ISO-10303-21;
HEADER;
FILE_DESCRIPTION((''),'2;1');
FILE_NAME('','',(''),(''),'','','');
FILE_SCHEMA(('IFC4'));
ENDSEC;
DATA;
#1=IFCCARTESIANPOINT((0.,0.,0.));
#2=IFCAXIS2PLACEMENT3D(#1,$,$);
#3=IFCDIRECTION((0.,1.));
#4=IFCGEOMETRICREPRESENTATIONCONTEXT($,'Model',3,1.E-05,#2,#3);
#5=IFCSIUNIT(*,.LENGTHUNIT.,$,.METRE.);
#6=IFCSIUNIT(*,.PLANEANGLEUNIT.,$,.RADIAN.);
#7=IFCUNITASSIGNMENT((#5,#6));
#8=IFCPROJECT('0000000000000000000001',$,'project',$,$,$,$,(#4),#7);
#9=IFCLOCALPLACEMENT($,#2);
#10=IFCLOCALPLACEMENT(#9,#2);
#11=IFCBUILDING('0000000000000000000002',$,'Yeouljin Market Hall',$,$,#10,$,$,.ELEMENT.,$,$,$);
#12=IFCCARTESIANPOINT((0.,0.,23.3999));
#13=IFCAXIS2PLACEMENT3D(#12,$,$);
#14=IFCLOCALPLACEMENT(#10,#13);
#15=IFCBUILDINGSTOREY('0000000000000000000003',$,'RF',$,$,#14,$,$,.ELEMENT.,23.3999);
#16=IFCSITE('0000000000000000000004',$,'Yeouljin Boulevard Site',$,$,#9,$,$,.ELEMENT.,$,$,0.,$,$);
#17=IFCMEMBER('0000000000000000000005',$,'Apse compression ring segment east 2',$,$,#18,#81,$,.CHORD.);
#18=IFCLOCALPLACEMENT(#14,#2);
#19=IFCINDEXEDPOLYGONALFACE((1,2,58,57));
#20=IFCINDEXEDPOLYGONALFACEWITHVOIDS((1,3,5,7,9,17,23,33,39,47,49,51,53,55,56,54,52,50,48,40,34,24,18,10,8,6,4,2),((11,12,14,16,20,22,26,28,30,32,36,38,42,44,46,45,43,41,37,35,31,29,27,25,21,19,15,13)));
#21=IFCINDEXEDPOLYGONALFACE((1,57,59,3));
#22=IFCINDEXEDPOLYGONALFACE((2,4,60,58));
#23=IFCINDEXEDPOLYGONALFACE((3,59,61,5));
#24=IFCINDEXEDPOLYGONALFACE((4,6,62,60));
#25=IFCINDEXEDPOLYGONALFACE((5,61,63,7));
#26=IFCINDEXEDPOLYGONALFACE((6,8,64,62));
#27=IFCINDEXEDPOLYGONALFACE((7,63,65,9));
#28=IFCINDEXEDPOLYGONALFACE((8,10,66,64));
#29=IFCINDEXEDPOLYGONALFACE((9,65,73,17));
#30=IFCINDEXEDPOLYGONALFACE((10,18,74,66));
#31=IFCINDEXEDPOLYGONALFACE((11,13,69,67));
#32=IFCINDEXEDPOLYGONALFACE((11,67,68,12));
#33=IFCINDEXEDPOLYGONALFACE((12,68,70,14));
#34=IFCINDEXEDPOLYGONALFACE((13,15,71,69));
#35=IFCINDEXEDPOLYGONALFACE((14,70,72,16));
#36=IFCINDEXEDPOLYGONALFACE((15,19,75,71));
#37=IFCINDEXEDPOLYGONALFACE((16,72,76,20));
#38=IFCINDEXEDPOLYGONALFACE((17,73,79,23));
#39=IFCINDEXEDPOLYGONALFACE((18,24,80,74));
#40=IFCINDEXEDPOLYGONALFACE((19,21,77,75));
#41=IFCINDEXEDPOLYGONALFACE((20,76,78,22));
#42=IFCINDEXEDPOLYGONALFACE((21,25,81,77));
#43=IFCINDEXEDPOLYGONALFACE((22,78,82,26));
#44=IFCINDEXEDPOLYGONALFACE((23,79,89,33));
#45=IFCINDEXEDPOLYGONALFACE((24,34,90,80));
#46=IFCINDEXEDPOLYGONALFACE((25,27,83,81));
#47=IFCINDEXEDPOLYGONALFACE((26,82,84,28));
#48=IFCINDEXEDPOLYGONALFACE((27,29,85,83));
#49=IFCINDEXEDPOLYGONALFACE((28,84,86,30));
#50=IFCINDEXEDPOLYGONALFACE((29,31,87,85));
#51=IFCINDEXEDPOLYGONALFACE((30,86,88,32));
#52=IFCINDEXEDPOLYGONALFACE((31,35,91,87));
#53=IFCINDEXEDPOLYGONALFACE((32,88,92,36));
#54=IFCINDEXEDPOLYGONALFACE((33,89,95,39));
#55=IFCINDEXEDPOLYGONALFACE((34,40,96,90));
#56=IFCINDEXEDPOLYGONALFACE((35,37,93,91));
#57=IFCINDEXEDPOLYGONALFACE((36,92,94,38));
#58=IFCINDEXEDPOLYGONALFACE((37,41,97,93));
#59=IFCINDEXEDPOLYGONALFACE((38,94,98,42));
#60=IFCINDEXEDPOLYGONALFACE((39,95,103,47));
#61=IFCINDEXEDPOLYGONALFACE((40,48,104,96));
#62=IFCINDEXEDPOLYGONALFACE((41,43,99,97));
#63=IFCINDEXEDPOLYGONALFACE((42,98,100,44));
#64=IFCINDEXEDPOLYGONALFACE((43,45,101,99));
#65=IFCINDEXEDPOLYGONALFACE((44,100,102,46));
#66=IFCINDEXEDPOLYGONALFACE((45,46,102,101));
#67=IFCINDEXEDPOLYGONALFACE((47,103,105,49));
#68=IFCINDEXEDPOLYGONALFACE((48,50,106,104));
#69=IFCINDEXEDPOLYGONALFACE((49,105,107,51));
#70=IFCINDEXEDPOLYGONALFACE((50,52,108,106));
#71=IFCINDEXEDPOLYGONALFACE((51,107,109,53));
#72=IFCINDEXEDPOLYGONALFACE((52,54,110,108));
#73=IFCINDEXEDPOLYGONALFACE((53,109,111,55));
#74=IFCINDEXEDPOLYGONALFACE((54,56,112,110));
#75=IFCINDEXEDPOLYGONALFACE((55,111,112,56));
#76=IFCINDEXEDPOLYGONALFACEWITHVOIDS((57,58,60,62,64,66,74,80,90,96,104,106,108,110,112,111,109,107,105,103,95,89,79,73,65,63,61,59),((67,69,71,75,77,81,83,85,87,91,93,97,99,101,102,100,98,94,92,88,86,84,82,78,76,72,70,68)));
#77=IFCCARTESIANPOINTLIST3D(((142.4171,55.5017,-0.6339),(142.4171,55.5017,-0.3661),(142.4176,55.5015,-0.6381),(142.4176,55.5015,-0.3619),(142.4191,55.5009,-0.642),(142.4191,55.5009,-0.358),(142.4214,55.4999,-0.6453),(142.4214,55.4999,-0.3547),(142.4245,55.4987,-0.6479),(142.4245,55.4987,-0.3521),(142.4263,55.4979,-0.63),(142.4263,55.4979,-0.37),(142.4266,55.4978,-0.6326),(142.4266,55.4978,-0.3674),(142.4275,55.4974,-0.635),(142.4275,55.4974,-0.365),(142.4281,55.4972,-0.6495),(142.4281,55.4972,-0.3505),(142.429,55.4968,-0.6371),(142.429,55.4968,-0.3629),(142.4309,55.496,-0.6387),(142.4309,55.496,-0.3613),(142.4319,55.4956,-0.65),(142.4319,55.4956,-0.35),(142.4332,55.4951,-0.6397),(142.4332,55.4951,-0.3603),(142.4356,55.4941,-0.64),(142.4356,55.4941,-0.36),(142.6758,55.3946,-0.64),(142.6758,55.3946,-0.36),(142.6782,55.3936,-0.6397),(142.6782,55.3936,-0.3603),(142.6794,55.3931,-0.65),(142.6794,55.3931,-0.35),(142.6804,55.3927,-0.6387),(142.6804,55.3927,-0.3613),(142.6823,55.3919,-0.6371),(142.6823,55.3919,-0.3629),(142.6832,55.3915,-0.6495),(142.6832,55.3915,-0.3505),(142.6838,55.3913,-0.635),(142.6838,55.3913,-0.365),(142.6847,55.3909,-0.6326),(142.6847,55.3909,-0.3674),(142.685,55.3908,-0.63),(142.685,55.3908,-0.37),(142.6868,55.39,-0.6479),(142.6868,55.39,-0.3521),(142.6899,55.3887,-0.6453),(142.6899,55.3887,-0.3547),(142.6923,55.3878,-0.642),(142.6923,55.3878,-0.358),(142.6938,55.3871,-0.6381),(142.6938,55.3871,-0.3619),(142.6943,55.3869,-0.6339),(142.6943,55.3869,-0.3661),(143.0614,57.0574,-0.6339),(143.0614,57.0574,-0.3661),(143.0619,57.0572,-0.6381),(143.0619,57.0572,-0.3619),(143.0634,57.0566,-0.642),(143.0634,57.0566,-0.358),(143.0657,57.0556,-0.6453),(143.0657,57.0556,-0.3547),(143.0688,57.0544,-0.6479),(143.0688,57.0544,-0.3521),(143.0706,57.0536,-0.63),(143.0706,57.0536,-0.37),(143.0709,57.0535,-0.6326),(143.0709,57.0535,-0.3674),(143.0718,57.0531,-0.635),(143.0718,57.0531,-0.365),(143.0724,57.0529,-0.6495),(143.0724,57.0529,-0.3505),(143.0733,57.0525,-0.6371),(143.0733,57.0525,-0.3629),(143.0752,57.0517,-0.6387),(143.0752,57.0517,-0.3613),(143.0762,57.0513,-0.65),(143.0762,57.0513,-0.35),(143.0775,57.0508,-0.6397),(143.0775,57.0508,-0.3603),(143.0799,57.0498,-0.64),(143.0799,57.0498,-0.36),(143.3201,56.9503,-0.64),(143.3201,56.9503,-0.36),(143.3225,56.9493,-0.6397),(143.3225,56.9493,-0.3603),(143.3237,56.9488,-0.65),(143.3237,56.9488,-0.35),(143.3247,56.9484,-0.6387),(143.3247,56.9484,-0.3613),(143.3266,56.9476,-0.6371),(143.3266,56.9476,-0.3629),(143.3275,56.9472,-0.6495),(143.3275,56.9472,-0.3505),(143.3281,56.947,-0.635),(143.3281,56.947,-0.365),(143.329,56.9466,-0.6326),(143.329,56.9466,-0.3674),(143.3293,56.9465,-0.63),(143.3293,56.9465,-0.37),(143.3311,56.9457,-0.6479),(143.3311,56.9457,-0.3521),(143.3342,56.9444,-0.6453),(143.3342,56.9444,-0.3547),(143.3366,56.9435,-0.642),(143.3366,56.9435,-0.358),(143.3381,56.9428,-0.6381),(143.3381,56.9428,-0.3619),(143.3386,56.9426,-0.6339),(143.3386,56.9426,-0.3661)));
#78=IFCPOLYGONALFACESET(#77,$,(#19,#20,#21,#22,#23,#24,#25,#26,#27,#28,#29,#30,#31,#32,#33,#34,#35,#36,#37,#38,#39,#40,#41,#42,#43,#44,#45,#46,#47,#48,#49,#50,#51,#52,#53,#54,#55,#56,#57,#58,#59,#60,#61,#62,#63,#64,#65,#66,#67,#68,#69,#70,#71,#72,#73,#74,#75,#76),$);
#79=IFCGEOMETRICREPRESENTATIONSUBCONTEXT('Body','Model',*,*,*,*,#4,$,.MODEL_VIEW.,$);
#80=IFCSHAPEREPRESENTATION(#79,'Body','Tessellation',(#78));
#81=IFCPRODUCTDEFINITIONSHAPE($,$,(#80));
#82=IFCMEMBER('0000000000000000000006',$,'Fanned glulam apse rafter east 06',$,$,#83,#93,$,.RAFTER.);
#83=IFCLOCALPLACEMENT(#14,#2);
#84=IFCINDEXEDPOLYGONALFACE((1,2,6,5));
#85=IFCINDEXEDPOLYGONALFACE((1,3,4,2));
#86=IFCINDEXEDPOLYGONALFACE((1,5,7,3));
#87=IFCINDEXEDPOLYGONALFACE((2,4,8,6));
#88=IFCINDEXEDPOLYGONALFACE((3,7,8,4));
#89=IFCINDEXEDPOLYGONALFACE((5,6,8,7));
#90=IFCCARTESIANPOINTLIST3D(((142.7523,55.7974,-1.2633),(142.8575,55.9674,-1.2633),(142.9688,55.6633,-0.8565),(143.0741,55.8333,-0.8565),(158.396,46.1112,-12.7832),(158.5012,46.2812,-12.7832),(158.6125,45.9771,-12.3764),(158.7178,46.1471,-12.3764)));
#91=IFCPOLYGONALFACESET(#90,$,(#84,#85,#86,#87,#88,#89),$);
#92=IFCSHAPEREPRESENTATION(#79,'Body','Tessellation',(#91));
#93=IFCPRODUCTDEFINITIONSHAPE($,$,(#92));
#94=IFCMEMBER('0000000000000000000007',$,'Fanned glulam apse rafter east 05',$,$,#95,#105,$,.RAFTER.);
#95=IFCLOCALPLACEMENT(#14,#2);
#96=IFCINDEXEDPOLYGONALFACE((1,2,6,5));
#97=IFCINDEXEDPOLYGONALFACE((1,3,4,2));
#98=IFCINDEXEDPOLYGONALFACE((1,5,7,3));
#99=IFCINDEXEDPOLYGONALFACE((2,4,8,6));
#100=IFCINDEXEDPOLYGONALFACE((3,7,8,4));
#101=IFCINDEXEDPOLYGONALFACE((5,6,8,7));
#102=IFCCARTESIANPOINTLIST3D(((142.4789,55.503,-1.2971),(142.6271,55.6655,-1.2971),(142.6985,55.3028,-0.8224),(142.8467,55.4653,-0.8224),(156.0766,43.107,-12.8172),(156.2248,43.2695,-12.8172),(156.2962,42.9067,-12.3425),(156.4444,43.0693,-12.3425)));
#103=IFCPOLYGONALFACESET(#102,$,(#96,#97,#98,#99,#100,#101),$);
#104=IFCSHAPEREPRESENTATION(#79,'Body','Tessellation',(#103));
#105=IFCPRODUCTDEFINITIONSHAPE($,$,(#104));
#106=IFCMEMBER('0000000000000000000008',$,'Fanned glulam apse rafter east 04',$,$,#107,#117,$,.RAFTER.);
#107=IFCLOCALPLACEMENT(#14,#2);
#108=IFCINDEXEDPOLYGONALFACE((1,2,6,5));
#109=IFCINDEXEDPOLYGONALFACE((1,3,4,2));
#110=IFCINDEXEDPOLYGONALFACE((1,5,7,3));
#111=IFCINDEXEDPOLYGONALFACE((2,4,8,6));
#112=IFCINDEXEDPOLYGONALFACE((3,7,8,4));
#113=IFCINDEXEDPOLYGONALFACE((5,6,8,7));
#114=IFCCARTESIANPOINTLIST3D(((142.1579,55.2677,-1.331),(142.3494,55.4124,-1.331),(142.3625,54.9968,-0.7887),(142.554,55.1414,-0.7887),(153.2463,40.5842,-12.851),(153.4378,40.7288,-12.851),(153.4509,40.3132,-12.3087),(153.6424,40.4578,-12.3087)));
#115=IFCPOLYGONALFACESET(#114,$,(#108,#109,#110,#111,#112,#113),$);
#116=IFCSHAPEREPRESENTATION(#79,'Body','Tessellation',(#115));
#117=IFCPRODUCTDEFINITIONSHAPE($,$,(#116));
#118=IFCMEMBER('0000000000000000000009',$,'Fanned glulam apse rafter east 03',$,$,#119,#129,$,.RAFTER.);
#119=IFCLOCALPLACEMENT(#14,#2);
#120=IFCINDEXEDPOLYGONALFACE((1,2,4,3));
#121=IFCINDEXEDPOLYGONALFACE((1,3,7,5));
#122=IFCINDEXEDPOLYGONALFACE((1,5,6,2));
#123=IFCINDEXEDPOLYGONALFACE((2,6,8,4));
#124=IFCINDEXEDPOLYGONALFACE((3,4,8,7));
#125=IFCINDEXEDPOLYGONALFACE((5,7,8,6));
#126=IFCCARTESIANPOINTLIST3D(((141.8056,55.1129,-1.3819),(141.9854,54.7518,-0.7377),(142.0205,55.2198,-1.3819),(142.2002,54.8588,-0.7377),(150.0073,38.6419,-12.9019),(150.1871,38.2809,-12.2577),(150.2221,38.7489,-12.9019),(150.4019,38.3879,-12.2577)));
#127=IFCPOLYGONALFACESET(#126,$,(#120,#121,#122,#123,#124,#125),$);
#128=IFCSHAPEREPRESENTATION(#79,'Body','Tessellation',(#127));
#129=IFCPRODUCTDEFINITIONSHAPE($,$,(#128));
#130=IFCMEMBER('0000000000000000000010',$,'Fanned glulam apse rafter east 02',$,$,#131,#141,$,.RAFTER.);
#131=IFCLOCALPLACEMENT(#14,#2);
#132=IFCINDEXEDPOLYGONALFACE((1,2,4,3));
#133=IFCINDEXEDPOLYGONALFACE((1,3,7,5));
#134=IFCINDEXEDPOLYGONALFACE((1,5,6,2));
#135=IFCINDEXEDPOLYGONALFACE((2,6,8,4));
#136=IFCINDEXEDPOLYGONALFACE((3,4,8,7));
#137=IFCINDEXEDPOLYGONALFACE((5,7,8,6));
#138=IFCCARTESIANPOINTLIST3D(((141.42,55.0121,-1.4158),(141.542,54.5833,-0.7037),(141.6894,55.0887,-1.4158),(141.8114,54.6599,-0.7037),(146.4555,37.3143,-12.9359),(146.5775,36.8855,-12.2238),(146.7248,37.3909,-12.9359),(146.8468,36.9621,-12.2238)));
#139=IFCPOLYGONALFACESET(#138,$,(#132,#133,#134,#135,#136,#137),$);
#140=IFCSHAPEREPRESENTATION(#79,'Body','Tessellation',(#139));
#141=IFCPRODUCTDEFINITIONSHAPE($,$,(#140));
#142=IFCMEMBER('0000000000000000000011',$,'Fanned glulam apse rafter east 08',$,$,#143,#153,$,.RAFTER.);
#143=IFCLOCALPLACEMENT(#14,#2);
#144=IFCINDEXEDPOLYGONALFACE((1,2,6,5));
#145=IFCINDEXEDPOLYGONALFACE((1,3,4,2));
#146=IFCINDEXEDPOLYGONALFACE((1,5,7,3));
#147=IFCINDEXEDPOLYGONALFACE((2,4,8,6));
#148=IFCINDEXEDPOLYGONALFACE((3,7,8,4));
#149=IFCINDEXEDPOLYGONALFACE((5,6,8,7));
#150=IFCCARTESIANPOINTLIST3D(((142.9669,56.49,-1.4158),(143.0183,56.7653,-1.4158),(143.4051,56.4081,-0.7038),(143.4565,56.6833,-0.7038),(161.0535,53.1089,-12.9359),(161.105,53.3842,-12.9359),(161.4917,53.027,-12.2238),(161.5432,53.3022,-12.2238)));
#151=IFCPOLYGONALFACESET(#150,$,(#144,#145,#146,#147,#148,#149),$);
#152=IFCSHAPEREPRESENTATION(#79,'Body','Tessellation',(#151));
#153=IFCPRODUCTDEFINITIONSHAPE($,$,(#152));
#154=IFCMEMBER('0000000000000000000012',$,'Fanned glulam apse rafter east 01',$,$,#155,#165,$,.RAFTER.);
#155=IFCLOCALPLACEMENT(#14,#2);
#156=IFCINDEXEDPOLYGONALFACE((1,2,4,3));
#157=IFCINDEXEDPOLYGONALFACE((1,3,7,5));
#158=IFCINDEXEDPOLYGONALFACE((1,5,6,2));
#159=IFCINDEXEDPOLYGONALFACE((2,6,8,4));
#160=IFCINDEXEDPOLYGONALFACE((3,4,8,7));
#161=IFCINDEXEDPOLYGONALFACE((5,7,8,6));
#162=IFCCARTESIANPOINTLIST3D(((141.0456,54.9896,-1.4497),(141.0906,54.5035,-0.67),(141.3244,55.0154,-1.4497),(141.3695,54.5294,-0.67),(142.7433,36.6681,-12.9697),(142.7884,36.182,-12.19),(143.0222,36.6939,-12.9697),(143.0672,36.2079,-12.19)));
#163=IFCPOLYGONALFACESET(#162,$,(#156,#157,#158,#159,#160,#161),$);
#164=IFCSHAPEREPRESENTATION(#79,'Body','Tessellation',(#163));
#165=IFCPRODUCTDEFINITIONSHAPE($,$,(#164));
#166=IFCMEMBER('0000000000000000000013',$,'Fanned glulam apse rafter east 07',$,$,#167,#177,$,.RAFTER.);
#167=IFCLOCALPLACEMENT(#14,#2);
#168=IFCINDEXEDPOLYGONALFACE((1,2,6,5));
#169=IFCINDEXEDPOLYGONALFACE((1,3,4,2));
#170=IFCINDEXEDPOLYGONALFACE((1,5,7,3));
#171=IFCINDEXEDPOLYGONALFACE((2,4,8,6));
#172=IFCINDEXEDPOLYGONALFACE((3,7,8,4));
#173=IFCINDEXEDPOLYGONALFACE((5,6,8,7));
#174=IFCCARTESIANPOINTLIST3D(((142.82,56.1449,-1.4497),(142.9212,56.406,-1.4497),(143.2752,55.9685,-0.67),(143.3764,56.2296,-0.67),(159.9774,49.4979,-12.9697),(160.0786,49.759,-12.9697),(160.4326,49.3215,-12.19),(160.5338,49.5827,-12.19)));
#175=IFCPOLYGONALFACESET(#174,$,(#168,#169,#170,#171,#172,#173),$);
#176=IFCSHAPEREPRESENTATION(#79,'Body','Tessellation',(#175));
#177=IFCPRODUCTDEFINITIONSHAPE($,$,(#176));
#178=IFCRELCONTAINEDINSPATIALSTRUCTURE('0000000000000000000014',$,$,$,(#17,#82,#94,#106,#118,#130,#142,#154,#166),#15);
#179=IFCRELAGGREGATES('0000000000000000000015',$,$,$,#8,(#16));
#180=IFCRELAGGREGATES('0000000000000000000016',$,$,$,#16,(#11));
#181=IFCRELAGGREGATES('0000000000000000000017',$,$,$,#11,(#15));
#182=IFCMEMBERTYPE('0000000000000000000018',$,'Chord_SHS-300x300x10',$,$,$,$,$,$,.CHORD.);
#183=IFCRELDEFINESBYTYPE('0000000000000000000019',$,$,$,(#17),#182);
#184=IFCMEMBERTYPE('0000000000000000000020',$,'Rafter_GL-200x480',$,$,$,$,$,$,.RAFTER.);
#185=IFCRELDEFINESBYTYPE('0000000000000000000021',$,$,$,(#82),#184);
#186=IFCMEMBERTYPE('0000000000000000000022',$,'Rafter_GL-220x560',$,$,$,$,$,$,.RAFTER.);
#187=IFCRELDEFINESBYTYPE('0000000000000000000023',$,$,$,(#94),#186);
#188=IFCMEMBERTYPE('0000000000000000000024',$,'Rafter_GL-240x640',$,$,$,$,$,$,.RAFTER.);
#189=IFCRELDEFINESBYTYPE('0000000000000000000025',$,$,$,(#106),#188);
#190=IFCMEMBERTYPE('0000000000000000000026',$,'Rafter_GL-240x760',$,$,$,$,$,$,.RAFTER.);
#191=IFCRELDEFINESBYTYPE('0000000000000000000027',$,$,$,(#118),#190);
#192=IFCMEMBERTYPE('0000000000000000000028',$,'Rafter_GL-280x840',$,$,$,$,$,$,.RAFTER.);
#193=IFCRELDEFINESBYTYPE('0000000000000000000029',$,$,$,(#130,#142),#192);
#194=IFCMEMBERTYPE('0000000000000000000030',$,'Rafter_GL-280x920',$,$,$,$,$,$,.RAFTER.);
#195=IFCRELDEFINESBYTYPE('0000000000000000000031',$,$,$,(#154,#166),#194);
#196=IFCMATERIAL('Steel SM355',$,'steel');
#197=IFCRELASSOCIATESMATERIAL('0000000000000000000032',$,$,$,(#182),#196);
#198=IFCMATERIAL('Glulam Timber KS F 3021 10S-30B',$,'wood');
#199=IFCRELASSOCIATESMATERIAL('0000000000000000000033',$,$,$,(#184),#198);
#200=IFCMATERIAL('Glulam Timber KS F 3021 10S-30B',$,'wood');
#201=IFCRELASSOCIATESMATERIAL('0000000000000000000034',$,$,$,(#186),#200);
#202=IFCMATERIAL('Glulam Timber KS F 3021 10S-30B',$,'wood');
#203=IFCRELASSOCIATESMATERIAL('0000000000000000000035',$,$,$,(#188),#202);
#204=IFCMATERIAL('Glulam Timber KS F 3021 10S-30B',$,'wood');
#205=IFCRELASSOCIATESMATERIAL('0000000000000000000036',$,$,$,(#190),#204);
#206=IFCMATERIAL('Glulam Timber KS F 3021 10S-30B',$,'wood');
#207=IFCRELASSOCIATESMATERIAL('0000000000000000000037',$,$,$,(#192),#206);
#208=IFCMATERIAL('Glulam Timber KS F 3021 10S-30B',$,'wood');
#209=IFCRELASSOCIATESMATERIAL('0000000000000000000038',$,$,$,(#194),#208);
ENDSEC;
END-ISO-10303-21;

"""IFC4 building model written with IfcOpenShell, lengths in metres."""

from ifc_helpers import new_model, si_unit, direction, frame, origin, origin_2d, place, context, subcontext, project, spatial, rectangle, hollow_rectangle, extrude, material, material_profile, profile_set, type_object, element, save


model = new_model("IFC4")

# Units and contexts
model_context = context("Model", 3, precision=1e-05, world=origin(), true_north=direction((0.0, 1.0)))
body_context = subcontext(model_context, "Body", "Model", "MODEL_VIEW")
ifc_project = project(units=[si_unit("LENGTHUNIT", "METRE"), si_unit("PLANEANGLEUNIT", "RADIAN")], contexts=[model_context])

# Site, building, storey
site_placement = place(None, origin())
site = spatial("IfcSite", under=ifc_project, at=site_placement, Name="Yeouljin Boulevard Site", CompositionType="ELEMENT", RefElevation=0.0)
building_placement = place(site_placement, origin())
building = spatial("IfcBuilding", under=site, at=building_placement, Name="Yeouljin Market Hall", CompositionType="ELEMENT")
storey_placement = place(building_placement, frame((0.0, 0.0, 23.3999)))
storey = spatial("IfcBuildingStorey", under=building, at=storey_placement, Name="RF", CompositionType="ELEMENT", Elevation=23.3999)

# Members
ifc_material_1 = material(Name="Steel SM355", Category="steel")
ifc_material_profile_1 = material_profile(ifc_material_1, hollow_rectangle(XDim=0.3, YDim=0.3, WallThickness=0.01, InnerFilletRadius=0.01, OuterFilletRadius=0.0161, at=origin_2d()), Name="SHS-300x300x10")
ifc_profile_set_1 = profile_set([ifc_material_profile_1], Name="Steel SM355")
member_type_1 = type_object("IfcMemberType", Name="Chord_SHS-300x300x10", PredefinedType="CHORD", material=ifc_profile_set_1)
for number, where, z_axis, x_axis, name in (
    (1, (142.5557, 55.4443, -0.5), (0.382638, 0.923898, 0.0), (-0.923898, 0.382638, 0.0), "Apse compression ring segment east 2"),
):
    element("IfcMember", number, at=place(storey_placement, frame(where, z_axis=z_axis, x_axis=x_axis)), inside=storey, type_object=member_type_1, Name=name, PredefinedType="CHORD", context=body_context, shape_type="SweptSolid", body=[
        extrude(hollow_rectangle(XDim=0.3, YDim=0.3, WallThickness=0.01, InnerFilletRadius=0.01, OuterFilletRadius=0.0161, at=origin_2d()), origin(), (0.0, 0.0, 1.0), 1.6838),
    ])
ifc_material_2 = material(Name="Glulam Timber KS F 3021 10S-30B", Category="wood")
ifc_material_profile_2 = material_profile(ifc_material_2, rectangle(XDim=0.2, YDim=0.48, at=origin_2d()), Name="GL-200x480")
ifc_profile_set_2 = profile_set([ifc_material_profile_2], Name="Glulam Timber KS F 3021 10S-30B")
member_type_2 = type_object("IfcMemberType", Name="Rafter_GL-200x480", PredefinedType="RAFTER", material=ifc_profile_set_2)
member_1_placement = place(storey_placement, frame((158.5569, 46.1292, -12.5798), z_axis=(-0.720627, 0.446195, 0.530666), x_axis=(-0.526434, -0.850216, 0.0)))
element("IfcMember", 2, at=member_1_placement, inside=storey, type_object=member_type_2, Name="Fanned glulam apse rafter east 06", PredefinedType="RAFTER", context=body_context, shape_type="SweptSolid", body=[
    extrude(rectangle(XDim=0.2, YDim=0.48, at=origin_2d()), origin(), (0.0, 0.0, 1.0), 21.7085),
])
ifc_material_3 = material(Name="Glulam Timber KS F 3021 10S-30B", Category="wood")
ifc_material_profile_3 = material_profile(ifc_material_3, rectangle(XDim=0.22, YDim=0.5601, at=origin_2d()), Name="GL-220x560")
ifc_profile_set_3 = profile_set([ifc_material_profile_3], Name="Glulam Timber KS F 3021 10S-30B")
member_type_3 = type_object("IfcMemberType", Name="Rafter_GL-220x560", PredefinedType="RAFTER", material=ifc_profile_set_3)
member_2_placement = place(storey_placement, frame((156.2605, 43.0881, -12.5798), z_axis=(-0.626369, 0.571015, 0.530664), x_axis=(-0.673698, -0.739006, 0.0)))
element("IfcMember", 3, at=member_2_placement, inside=storey, type_object=member_type_3, Name="Fanned glulam apse rafter east 05", PredefinedType="RAFTER", context=body_context, shape_type="SweptSolid", body=[
    extrude(rectangle(XDim=0.22, YDim=0.5601, at=origin_2d()), origin(), (0.0, 0.0, 1.0), 21.7087),
])
ifc_material_4 = material(Name="Glulam Timber KS F 3021 10S-30B", Category="wood")
ifc_material_profile_4 = material_profile(ifc_material_4, rectangle(XDim=0.24, YDim=0.6399, at=origin_2d()), Name="GL-240x640")
ifc_profile_set_4 = profile_set([ifc_material_profile_4], Name="Glulam Timber KS F 3021 10S-30B")
member_type_4 = type_object("IfcMemberType", Name="Rafter_GL-240x640", PredefinedType="RAFTER", material=ifc_profile_set_4)
member_3_placement = place(storey_placement, frame((153.4443, 40.521, -12.5798), z_axis=(-0.510779, 0.67639, 0.530662), x_axis=(-0.798021, -0.602629, 0.0)))
element("IfcMember", 4, at=member_3_placement, inside=storey, type_object=member_type_4, Name="Fanned glulam apse rafter east 04", PredefinedType="RAFTER", context=body_context, shape_type="SweptSolid", body=[
    extrude(rectangle(XDim=0.24, YDim=0.6399, at=origin_2d()), origin(), (0.0, 0.0, 1.0), 21.7087),
])
ifc_material_5 = material(Name="Glulam Timber KS F 3021 10S-30B", Category="wood")
ifc_material_profile_5 = material_profile(ifc_material_5, rectangle(XDim=0.24, YDim=0.76, at=origin_2d()), Name="GL-240x760")
ifc_profile_set_5 = profile_set([ifc_material_profile_5], Name="Glulam Timber KS F 3021 10S-30B")
member_type_5 = type_object("IfcMemberType", Name="Rafter_GL-240x760", PredefinedType="RAFTER", material=ifc_profile_set_5)
member_4_placement = place(storey_placement, frame((150.2046, 38.5149, -12.5798), z_axis=(-0.377804, 0.758724, 0.530662), x_axis=(-0.895161, -0.445743, 0.0)))
element("IfcMember", 5, at=member_4_placement, inside=storey, type_object=member_type_5, Name="Fanned glulam apse rafter east 03", PredefinedType="RAFTER", context=body_context, shape_type="SweptSolid", body=[
    extrude(rectangle(XDim=0.24, YDim=0.76, at=origin_2d()), origin(), (0.0, 0.0, 1.0), 21.7087),
])
ifc_material_6 = material(Name="Glulam Timber KS F 3021 10S-30B", Category="wood")
ifc_material_profile_6 = material_profile(ifc_material_6, rectangle(XDim=0.28, YDim=0.8401, at=origin_2d()), Name="GL-280x840")
ifc_profile_set_6 = profile_set([ifc_material_profile_6], Name="Glulam Timber KS F 3021 10S-30B")
member_type_6 = type_object("IfcMemberType", Name="Rafter_GL-280x840", PredefinedType="RAFTER", material=ifc_profile_set_6)
member_5_placement = place(storey_placement, frame((146.6511, 37.1382, -12.5798), z_axis=(-0.231951, 0.81523, 0.530659), x_axis=(-0.961826, -0.273661, 0.0)))
element("IfcMember", 6, at=member_5_placement, inside=storey, type_object=member_type_6, Name="Fanned glulam apse rafter east 02", PredefinedType="RAFTER", context=body_context, shape_type="SweptSolid", body=[
    extrude(rectangle(XDim=0.28, YDim=0.8401, at=origin_2d()), origin(), (0.0, 0.0, 1.0), 21.709),
])
member_6_placement = place(storey_placement, frame((161.2983, 53.2056, -12.5798), z_axis=(-0.833151, 0.155748, 0.530662), x_axis=(-0.183756, -0.982972, 0.0)))
element("IfcMember", 7, at=member_6_placement, inside=storey, type_object=member_type_6, Name="Fanned glulam apse rafter east 08", PredefinedType="RAFTER", context=body_context, shape_type="SweptSolid", body=[
    extrude(rectangle(XDim=0.28, YDim=0.8401, at=origin_2d()), origin(), (0.0, 0.0, 1.0), 21.7087),
])
ifc_material_7 = material(Name="Glulam Timber KS F 3021 10S-30B", Category="wood")
ifc_material_profile_7 = material_profile(ifc_material_7, rectangle(XDim=0.28, YDim=0.9199, at=origin_2d()), Name="GL-280x920")
ifc_profile_set_7 = profile_set([ifc_material_profile_7], Name="Glulam Timber KS F 3021 10S-30B")
member_type_7 = type_object("IfcMemberType", Name="Rafter_GL-280x920", PredefinedType="RAFTER", material=ifc_profile_set_7)
for number, where, z_axis, x_axis, name in (
    (8, (142.9053, 36.438, -12.5798), (-0.078206, 0.843968, 0.530661), (-0.995734, -0.092269, 0.0), "Fanned glulam apse rafter east 01"),
    (9, (160.2556, 49.5403, -12.5798), (-0.790346, 0.306188, 0.530661), (-0.361248, -0.93247, 0.0), "Fanned glulam apse rafter east 07"),
):
    element("IfcMember", number, at=place(storey_placement, frame(where, z_axis=z_axis, x_axis=x_axis)), inside=storey, type_object=member_type_7, Name=name, PredefinedType="RAFTER", context=body_context, shape_type="SweptSolid", body=[
        extrude(rectangle(XDim=0.28, YDim=0.9199, at=origin_2d()), origin(), (0.0, 0.0, 1.0), 21.7087),
    ])

save(model, "model.ifc")
